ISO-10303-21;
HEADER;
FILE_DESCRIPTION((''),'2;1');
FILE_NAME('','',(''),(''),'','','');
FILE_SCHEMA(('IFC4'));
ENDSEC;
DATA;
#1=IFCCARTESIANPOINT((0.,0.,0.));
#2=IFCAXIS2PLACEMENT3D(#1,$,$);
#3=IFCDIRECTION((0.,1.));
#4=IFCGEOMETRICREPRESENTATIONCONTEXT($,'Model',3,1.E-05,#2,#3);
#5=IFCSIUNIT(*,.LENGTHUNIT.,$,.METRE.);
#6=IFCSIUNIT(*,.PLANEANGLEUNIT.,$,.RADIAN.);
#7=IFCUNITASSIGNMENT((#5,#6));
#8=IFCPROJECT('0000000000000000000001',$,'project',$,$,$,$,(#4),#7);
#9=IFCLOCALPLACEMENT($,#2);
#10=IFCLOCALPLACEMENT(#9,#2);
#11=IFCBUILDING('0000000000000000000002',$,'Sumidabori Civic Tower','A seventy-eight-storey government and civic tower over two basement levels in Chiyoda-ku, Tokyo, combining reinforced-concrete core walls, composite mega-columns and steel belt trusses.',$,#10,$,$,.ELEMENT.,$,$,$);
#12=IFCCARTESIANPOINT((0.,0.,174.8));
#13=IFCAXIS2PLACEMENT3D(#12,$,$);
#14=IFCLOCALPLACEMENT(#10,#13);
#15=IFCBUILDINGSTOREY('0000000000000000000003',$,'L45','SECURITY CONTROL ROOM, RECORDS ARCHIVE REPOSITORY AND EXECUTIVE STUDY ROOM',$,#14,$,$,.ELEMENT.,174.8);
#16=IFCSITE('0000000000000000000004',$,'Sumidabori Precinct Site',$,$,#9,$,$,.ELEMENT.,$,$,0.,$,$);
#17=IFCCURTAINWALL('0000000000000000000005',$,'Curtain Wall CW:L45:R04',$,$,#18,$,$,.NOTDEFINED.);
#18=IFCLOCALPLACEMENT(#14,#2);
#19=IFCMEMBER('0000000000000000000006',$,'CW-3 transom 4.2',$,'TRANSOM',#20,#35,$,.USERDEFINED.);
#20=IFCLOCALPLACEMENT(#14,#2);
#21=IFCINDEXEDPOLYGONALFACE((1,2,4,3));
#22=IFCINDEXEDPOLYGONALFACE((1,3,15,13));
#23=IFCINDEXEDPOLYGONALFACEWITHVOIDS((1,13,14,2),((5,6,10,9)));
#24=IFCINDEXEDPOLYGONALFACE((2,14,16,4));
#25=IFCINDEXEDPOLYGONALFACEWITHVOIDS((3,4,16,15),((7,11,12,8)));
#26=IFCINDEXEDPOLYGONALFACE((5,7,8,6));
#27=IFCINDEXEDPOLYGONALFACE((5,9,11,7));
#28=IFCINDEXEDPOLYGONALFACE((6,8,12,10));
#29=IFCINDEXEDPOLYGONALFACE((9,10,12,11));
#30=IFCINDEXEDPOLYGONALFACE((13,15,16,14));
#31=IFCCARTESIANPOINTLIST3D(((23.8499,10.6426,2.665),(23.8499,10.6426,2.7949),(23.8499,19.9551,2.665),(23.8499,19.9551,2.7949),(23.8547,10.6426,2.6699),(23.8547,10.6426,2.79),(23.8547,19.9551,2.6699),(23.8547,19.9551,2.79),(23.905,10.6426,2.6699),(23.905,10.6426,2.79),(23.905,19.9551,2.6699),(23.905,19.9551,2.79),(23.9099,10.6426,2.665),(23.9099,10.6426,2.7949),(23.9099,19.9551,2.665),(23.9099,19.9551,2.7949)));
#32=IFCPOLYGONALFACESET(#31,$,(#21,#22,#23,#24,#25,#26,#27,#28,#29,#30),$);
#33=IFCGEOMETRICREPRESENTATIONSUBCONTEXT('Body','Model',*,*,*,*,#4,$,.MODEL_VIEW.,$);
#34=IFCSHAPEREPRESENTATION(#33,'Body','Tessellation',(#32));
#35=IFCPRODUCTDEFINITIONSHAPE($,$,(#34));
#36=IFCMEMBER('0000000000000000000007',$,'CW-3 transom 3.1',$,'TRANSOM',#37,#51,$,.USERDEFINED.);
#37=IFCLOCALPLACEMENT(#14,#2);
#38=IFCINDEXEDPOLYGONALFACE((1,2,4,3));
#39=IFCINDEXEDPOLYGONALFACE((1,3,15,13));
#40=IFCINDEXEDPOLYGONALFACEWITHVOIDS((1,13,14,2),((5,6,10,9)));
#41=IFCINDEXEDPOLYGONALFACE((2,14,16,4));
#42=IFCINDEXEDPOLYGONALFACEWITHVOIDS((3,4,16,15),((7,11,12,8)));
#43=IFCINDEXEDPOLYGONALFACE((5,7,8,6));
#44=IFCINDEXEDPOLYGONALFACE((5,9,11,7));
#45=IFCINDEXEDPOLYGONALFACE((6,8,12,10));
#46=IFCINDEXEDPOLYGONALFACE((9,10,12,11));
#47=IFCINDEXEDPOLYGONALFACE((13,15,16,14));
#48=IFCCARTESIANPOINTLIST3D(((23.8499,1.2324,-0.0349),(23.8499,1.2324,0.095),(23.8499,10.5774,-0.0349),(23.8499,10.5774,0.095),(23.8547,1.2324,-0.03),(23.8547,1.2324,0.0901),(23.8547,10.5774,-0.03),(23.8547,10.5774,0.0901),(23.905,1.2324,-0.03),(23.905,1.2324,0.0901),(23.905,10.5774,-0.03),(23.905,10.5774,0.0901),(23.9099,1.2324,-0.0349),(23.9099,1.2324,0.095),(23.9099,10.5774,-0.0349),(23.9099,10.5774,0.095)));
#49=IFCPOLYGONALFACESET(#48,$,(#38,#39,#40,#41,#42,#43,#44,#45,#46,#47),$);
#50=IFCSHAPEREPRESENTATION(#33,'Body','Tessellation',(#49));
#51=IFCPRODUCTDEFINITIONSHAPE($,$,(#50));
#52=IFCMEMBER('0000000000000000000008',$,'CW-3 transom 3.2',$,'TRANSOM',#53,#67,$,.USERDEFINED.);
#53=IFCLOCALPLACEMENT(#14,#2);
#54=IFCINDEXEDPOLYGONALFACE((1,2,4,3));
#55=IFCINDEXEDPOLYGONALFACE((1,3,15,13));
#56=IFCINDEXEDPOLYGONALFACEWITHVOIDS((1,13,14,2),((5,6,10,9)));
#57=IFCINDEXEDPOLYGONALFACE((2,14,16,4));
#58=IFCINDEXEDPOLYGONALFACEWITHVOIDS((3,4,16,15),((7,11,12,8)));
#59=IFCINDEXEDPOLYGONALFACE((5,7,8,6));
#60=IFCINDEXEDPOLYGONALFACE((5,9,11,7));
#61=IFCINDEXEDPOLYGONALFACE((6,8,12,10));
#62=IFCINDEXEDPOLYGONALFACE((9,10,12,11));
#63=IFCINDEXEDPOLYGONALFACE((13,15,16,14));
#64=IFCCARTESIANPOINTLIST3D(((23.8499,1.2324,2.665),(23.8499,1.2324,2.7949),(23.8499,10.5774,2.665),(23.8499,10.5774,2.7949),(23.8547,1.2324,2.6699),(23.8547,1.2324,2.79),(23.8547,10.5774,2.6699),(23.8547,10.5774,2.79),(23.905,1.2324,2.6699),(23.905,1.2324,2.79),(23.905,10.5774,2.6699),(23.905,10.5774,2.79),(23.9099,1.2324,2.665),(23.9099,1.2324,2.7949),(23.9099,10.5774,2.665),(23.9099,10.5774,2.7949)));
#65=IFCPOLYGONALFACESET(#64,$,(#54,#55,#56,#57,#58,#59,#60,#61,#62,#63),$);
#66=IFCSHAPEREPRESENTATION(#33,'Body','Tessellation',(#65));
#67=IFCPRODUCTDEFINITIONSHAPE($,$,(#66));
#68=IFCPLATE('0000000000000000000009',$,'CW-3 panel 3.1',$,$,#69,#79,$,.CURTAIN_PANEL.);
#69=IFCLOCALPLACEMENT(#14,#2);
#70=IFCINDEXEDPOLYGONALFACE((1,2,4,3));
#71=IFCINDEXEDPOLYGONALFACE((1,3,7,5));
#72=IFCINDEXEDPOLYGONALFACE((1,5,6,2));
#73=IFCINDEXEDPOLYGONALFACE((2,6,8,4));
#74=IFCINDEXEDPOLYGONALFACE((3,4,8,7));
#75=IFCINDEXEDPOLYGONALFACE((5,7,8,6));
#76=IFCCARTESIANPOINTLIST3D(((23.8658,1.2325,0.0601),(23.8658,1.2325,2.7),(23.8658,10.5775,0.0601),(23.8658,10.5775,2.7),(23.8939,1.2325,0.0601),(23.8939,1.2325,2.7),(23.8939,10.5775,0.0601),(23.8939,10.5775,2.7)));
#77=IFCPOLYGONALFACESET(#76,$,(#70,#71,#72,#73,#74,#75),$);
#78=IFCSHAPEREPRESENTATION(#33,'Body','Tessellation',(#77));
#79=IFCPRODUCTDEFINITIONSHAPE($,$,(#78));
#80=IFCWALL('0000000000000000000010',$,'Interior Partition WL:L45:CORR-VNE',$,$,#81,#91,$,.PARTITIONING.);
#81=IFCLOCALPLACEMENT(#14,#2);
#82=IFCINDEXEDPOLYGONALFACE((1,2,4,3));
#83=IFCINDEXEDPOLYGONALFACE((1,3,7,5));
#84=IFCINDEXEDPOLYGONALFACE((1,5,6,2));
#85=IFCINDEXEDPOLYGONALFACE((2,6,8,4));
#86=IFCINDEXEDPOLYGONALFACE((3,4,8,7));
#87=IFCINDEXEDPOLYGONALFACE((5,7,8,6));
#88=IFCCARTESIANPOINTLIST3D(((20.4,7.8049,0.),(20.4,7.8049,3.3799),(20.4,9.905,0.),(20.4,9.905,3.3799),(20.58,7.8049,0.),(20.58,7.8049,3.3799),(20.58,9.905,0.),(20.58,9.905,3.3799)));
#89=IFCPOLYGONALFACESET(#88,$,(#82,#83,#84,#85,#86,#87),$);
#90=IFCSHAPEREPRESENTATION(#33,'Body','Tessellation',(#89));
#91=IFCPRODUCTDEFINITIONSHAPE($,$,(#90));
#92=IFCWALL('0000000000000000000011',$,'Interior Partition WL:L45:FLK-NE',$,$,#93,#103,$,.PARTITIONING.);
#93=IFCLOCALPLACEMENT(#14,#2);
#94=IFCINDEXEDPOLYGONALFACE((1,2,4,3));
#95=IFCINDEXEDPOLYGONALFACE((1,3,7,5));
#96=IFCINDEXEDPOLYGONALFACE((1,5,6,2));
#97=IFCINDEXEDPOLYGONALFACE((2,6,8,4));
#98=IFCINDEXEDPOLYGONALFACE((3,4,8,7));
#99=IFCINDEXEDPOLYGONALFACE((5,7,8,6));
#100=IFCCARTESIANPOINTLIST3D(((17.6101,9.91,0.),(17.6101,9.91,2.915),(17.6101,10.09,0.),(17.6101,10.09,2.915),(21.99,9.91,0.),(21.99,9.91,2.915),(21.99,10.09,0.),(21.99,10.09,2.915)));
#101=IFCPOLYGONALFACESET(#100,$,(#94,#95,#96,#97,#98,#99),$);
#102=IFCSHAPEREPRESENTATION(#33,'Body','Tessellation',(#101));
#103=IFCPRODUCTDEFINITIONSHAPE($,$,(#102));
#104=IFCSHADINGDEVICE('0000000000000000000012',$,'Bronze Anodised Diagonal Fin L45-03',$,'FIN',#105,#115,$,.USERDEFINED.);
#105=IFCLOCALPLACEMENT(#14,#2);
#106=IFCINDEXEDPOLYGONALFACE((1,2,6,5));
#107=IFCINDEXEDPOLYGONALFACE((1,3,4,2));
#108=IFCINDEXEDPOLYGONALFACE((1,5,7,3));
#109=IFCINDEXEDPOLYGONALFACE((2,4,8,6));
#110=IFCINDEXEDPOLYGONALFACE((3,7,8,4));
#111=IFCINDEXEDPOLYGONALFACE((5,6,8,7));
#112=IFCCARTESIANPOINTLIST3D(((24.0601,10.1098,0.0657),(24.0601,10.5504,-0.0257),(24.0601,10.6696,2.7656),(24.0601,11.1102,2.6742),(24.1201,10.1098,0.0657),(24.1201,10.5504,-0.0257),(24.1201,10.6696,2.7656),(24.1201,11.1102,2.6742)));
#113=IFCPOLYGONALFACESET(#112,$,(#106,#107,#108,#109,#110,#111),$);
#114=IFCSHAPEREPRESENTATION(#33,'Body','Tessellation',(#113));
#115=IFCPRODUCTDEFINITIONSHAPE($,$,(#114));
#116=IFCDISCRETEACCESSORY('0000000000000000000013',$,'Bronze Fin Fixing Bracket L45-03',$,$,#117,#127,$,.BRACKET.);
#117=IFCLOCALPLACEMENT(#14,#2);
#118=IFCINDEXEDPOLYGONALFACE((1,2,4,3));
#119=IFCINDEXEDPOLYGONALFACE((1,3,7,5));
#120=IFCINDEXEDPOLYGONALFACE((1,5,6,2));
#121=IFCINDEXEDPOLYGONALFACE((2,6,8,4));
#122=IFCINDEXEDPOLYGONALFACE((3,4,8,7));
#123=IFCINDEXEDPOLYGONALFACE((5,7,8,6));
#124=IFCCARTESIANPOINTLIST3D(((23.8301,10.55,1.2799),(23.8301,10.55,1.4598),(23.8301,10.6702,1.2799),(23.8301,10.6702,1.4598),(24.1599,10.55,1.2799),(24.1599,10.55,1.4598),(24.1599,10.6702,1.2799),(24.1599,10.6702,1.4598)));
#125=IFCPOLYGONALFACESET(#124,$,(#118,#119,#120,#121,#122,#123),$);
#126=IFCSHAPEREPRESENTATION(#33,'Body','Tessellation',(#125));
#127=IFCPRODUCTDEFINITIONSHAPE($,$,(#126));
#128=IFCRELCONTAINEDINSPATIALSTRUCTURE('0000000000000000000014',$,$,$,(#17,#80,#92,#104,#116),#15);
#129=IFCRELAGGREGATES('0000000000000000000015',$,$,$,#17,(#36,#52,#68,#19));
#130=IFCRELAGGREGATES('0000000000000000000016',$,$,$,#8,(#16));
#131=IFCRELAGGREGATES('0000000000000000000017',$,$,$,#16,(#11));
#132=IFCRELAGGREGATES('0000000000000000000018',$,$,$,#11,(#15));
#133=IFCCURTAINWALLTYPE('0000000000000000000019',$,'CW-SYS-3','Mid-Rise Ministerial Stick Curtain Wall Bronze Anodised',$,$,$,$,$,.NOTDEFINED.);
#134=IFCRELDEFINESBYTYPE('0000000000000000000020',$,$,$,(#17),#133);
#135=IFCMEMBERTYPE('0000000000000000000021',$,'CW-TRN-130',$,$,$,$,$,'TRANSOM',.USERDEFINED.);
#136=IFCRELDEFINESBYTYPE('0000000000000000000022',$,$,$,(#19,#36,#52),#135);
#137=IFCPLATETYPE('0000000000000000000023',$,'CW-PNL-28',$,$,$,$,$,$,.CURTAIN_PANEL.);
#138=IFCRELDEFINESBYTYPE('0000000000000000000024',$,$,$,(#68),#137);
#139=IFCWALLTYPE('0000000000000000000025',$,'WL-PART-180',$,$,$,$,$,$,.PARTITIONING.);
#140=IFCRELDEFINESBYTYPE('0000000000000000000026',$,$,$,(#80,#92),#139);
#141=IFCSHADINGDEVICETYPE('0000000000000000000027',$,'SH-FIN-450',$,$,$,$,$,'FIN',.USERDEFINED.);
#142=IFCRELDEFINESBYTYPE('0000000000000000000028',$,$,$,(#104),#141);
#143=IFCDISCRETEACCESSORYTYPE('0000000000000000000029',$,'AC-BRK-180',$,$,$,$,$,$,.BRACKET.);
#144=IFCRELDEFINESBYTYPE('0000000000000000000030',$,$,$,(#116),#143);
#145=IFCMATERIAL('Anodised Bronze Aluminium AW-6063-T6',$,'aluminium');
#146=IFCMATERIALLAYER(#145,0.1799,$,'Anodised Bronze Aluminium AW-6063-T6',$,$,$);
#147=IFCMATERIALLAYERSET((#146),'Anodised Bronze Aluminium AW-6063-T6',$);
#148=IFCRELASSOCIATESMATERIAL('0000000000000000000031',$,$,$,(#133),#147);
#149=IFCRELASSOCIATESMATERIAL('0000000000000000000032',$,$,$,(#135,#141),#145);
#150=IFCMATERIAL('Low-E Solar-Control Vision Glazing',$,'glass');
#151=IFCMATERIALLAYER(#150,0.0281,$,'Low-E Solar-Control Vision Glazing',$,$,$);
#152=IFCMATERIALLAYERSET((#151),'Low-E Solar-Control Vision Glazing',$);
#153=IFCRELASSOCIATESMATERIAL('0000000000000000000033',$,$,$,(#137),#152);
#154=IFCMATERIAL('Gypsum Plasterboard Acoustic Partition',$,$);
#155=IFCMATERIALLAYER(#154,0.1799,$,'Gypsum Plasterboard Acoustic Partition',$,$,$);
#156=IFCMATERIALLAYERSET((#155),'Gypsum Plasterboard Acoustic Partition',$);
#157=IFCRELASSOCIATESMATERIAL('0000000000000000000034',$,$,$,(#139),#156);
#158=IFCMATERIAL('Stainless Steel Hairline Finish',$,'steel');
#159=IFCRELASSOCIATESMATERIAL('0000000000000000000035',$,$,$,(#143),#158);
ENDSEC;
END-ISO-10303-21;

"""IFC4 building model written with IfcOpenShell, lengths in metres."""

from ifc_helpers import new_model, si_unit, direction, frame, frame_2d, origin, origin_2d, place, context, subcontext, project, spatial, rectangle, hollow_rectangle, extrude, source, transform, mapped, material, layer, layer_set, material_profile, profile_set, type_object, element, aggregate, save


model = new_model("IFC4")

# Units and contexts
model_context = context("Model", 3, precision=1e-05, world=origin(), true_north=direction((0.0, 1.0)))
body_context = subcontext(model_context, "Body", "Model", "MODEL_VIEW")
ifc_project = project(units=[si_unit("LENGTHUNIT", "METRE"), si_unit("PLANEANGLEUNIT", "RADIAN")], contexts=[model_context])

# Site, building, storey
site_placement = place(None, origin())
site = spatial("IfcSite", under=ifc_project, at=site_placement, Name="Sumidabori Precinct Site", CompositionType="ELEMENT", RefElevation=0.0)
building_placement = place(site_placement, origin())
building = spatial("IfcBuilding", under=site, at=building_placement, Name="Sumidabori Civic Tower", Description="A seventy-eight-storey government and civic tower over two basement levels in Chiyoda-ku, Tokyo, combining reinforced-concrete core walls, composite mega-columns and steel belt trusses.", CompositionType="ELEMENT")
storey_placement = place(building_placement, frame((0.0, 0.0, 174.8)))
storey = spatial("IfcBuildingStorey", under=building, at=storey_placement, Name="L45", Description="SECURITY CONTROL ROOM, RECORDS ARCHIVE REPOSITORY AND EXECUTIVE STUDY ROOM", CompositionType="ELEMENT", Elevation=174.8)

# Curtain wall, members, plate
ifc_material_1 = material(Name="Anodised Bronze Aluminium AW-6063-T6", Category="aluminium")
ifc_layer_1 = layer(ifc_material_1, 0.1799, Name="Anodised Bronze Aluminium AW-6063-T6")
ifc_layer_set_1 = layer_set([ifc_layer_1], Name="Anodised Bronze Aluminium AW-6063-T6")
curtain_wall_type = type_object("IfcCurtainWallType", Name="CW-SYS-3", Description="Mid-Rise Ministerial Stick Curtain Wall Bronze Anodised", PredefinedType="NOTDEFINED", material=ifc_layer_set_1)
curtain_wall_placement = place(storey_placement, origin())
curtain_wall = element("IfcCurtainWall", 1, at=curtain_wall_placement, inside=storey, type_object=curtain_wall_type, Name="Curtain Wall CW:L45:R04", PredefinedType="NOTDEFINED")
ifc_material_profile_1 = material_profile(ifc_material_1, hollow_rectangle(XDim=0.0601, YDim=0.1299, WallThickness=0.0049, at=origin_2d()), Name="ALU TRANSOM 130x60")
ifc_profile_set_1 = profile_set([ifc_material_profile_1], Name="Anodised Bronze Aluminium AW-6063-T6")
member_type_1 = type_object("IfcMemberType", Name="CW-TRN-130", ElementType="TRANSOM", PredefinedType="USERDEFINED", material=ifc_profile_set_1)
shared_shape_1 = source(origin(), body_context, "Body", "SweptSolid", [
    extrude(hollow_rectangle(XDim=0.0601, YDim=0.1299, WallThickness=0.0049, at=origin_2d()), origin(), (0.0, 0.0, 1.0), 9.3125),
])
member_1_placement = place(storey_placement, frame((23.8799, 10.6426, 2.73), z_axis=(0.0, 1.0, 0.0), x_axis=(-1.0, 0.0, 0.0)))
member_1 = element("IfcMember", 2, at=member_1_placement, type_object=member_type_1, Name="CW-3 transom 4.2", ObjectType="TRANSOM", PredefinedType="USERDEFINED", context=body_context, shape_type="MappedRepresentation", body=[
    mapped(shared_shape_1, transform((0.0, 0.0, 0.0), x_axis=(1.0, 0.0, 0.0), y_axis=(0.0, 1.0, 0.0), z_axis=(0.0, 0.0, 1.0), scale=1.0)),
])
shared_shape_2 = source(origin(), body_context, "Body", "SweptSolid", [
    extrude(hollow_rectangle(XDim=0.0601, YDim=0.1299, WallThickness=0.0049, at=origin_2d()), origin(), (0.0, 0.0, 1.0), 9.345),
])
member_2_placement = place(storey_placement, frame((23.8799, 1.2324, 0.03), z_axis=(0.0, 1.0, 0.0), x_axis=(-1.0, 0.0, 0.0)))
member_2 = element("IfcMember", 3, at=member_2_placement, type_object=member_type_1, Name="CW-3 transom 3.1", ObjectType="TRANSOM", PredefinedType="USERDEFINED", context=body_context, shape_type="MappedRepresentation", body=[
    mapped(shared_shape_2, transform((0.0, 0.0, 0.0), x_axis=(1.0, 0.0, 0.0), y_axis=(0.0, 1.0, 0.0), z_axis=(0.0, 0.0, 1.0), scale=1.0)),
])
member_3_placement = place(storey_placement, frame((23.8799, 1.2324, 2.73), z_axis=(0.0, 1.0, 0.0), x_axis=(-1.0, 0.0, 0.0)))
member_3 = element("IfcMember", 4, at=member_3_placement, type_object=member_type_1, Name="CW-3 transom 3.2", ObjectType="TRANSOM", PredefinedType="USERDEFINED", context=body_context, shape_type="MappedRepresentation", body=[
    mapped(shared_shape_2, transform((0.0, 0.0, 0.0), x_axis=(1.0, 0.0, 0.0), y_axis=(0.0, 1.0, 0.0), z_axis=(0.0, 0.0, 1.0), scale=1.0)),
])
ifc_material_2 = material(Name="Low-E Solar-Control Vision Glazing", Category="glass")
ifc_layer_2 = layer(ifc_material_2, 0.0281, Name="Low-E Solar-Control Vision Glazing")
ifc_layer_set_2 = layer_set([ifc_layer_2], Name="Low-E Solar-Control Vision Glazing")
plate_type = type_object("IfcPlateType", Name="CW-PNL-28", PredefinedType="CURTAIN_PANEL", material=ifc_layer_set_2)
shared_shape_3 = source(origin(), body_context, "Body", "SweptSolid", [
    extrude(rectangle(XDim=9.345, YDim=0.0281, at=origin_2d()), origin(), (0.0, 0.0, 1.0), 2.6399),
])
plate_placement = place(storey_placement, frame((23.8799, 5.905, 0.0601), z_axis=(0.0, 0.0, 1.0), x_axis=(0.0, 1.0, 0.0)))
plate = element("IfcPlate", 5, at=plate_placement, type_object=plate_type, Name="CW-3 panel 3.1", PredefinedType="CURTAIN_PANEL", context=body_context, shape_type="MappedRepresentation", body=[
    mapped(shared_shape_3, transform((0.0, 0.0, 0.0), x_axis=(1.0, 0.0, 0.0), y_axis=(0.0, 1.0, 0.0), z_axis=(0.0, 0.0, 1.0), scale=1.0)),
])
aggregate(curtain_wall, [member_2, member_3, plate, member_1])

# Walls
ifc_material_3 = material(Name="Gypsum Plasterboard Acoustic Partition")
ifc_layer_3 = layer(ifc_material_3, 0.1799, Name="Gypsum Plasterboard Acoustic Partition")
ifc_layer_set_3 = layer_set([ifc_layer_3], Name="Gypsum Plasterboard Acoustic Partition")
wall_type = type_object("IfcWallType", Name="WL-PART-180", PredefinedType="PARTITIONING", material=ifc_layer_set_3)
shared_shape_4 = source(origin(), body_context, "Body", "SweptSolid", [
    extrude(rectangle(XDim=2.1001, YDim=0.1799, at=frame_2d((1.05, 0.0))), origin(), (0.0, 0.0, 1.0), 3.3799),
])
wall_1_placement = place(storey_placement, frame((20.49, 7.8049, 0.0), z_axis=(0.0, 0.0, 1.0), x_axis=(0.0, 1.0, 0.0)))
element("IfcWall", 6, at=wall_1_placement, inside=storey, type_object=wall_type, Name="Interior Partition WL:L45:CORR-VNE", PredefinedType="PARTITIONING", context=body_context, shape_type="MappedRepresentation", body=[
    mapped(shared_shape_4, transform((0.0, 0.0, 0.0), x_axis=(1.0, 0.0, 0.0), y_axis=(0.0, 1.0, 0.0), z_axis=(0.0, 0.0, 1.0), scale=1.0)),
])
shared_shape_5 = source(origin(), body_context, "Body", "SweptSolid", [
    extrude(rectangle(XDim=4.3799, YDim=0.1799, at=frame_2d((2.1899, 0.0))), origin(), (0.0, 0.0, 1.0), 2.915),
])
wall_2_placement = place(storey_placement, frame((17.6101, 10.0, 0.0), z_axis=(0.0, 0.0, 1.0), x_axis=(1.0, 0.0, 0.0)))
element("IfcWall", 7, at=wall_2_placement, inside=storey, type_object=wall_type, Name="Interior Partition WL:L45:FLK-NE", PredefinedType="PARTITIONING", context=body_context, shape_type="MappedRepresentation", body=[
    mapped(shared_shape_5, transform((0.0, 0.0, 0.0), x_axis=(1.0, 0.0, 0.0), y_axis=(0.0, 1.0, 0.0), z_axis=(0.0, 0.0, 1.0), scale=1.0)),
])

# Shading device
ifc_material_profile_2 = material_profile(ifc_material_1, rectangle(XDim=0.0601, YDim=0.45, at=origin_2d()), Name="BRONZE FIN 450x60")
ifc_profile_set_2 = profile_set([ifc_material_profile_2], Name="Anodised Bronze Aluminium AW-6063-T6")
shading_device_type = type_object("IfcShadingDeviceType", Name="SH-FIN-450", ElementType="FIN", PredefinedType="USERDEFINED", material=ifc_profile_set_2)
shared_shape_6 = source(origin(), body_context, "Body", "SweptSolid", [
    extrude(rectangle(XDim=0.0601, YDim=0.45, at=origin_2d()), origin(), (0.0, 0.0, 1.0), 2.7573),
])
shading_device_placement = place(storey_placement, frame((24.0901, 10.3301, 0.02), z_axis=(0.0, 0.203024, 0.979174), x_axis=(-1.0, 0.0, 0.0)))
element("IfcShadingDevice", 8, at=shading_device_placement, inside=storey, type_object=shading_device_type, Name="Bronze Anodised Diagonal Fin L45-03", ObjectType="FIN", PredefinedType="USERDEFINED", context=body_context, shape_type="MappedRepresentation", body=[
    mapped(shared_shape_6, transform((0.0, 0.0, 0.0), x_axis=(1.0, 0.0, 0.0), y_axis=(0.0, 1.0, 0.0), z_axis=(0.0, 0.0, 1.0), scale=1.0)),
])

# Discrete accessory
ifc_material_4 = material(Name="Stainless Steel Hairline Finish", Category="steel")
ifc_material_profile_3 = material_profile(ifc_material_4, rectangle(XDim=0.1201, YDim=0.1799, at=origin_2d()), Name="STEEL BRACKET 180x120")
ifc_profile_set_3 = profile_set([ifc_material_profile_3], Name="Stainless Steel Hairline Finish")
discrete_accessory_type = type_object("IfcDiscreteAccessoryType", Name="AC-BRK-180", PredefinedType="BRACKET", material=ifc_profile_set_3)
shared_shape_7 = source(origin(), body_context, "Body", "SweptSolid", [
    extrude(rectangle(XDim=0.1201, YDim=0.1799, at=origin_2d()), origin(), (0.0, 0.0, 1.0), 0.3298),
])
discrete_accessory_placement = place(storey_placement, frame((23.8301, 10.6101, 1.3699), z_axis=(1.0, 0.0, 0.0), x_axis=(0.0, 1.0, 0.0)))
element("IfcDiscreteAccessory", 9, at=discrete_accessory_placement, inside=storey, type_object=discrete_accessory_type, Name="Bronze Fin Fixing Bracket L45-03", PredefinedType="BRACKET", context=body_context, shape_type="MappedRepresentation", body=[
    mapped(shared_shape_7, transform((0.0, 0.0, 0.0), x_axis=(1.0, 0.0, 0.0), y_axis=(0.0, 1.0, 0.0), z_axis=(0.0, 0.0, 1.0), scale=1.0)),
])

save(model, "model.ifc")
